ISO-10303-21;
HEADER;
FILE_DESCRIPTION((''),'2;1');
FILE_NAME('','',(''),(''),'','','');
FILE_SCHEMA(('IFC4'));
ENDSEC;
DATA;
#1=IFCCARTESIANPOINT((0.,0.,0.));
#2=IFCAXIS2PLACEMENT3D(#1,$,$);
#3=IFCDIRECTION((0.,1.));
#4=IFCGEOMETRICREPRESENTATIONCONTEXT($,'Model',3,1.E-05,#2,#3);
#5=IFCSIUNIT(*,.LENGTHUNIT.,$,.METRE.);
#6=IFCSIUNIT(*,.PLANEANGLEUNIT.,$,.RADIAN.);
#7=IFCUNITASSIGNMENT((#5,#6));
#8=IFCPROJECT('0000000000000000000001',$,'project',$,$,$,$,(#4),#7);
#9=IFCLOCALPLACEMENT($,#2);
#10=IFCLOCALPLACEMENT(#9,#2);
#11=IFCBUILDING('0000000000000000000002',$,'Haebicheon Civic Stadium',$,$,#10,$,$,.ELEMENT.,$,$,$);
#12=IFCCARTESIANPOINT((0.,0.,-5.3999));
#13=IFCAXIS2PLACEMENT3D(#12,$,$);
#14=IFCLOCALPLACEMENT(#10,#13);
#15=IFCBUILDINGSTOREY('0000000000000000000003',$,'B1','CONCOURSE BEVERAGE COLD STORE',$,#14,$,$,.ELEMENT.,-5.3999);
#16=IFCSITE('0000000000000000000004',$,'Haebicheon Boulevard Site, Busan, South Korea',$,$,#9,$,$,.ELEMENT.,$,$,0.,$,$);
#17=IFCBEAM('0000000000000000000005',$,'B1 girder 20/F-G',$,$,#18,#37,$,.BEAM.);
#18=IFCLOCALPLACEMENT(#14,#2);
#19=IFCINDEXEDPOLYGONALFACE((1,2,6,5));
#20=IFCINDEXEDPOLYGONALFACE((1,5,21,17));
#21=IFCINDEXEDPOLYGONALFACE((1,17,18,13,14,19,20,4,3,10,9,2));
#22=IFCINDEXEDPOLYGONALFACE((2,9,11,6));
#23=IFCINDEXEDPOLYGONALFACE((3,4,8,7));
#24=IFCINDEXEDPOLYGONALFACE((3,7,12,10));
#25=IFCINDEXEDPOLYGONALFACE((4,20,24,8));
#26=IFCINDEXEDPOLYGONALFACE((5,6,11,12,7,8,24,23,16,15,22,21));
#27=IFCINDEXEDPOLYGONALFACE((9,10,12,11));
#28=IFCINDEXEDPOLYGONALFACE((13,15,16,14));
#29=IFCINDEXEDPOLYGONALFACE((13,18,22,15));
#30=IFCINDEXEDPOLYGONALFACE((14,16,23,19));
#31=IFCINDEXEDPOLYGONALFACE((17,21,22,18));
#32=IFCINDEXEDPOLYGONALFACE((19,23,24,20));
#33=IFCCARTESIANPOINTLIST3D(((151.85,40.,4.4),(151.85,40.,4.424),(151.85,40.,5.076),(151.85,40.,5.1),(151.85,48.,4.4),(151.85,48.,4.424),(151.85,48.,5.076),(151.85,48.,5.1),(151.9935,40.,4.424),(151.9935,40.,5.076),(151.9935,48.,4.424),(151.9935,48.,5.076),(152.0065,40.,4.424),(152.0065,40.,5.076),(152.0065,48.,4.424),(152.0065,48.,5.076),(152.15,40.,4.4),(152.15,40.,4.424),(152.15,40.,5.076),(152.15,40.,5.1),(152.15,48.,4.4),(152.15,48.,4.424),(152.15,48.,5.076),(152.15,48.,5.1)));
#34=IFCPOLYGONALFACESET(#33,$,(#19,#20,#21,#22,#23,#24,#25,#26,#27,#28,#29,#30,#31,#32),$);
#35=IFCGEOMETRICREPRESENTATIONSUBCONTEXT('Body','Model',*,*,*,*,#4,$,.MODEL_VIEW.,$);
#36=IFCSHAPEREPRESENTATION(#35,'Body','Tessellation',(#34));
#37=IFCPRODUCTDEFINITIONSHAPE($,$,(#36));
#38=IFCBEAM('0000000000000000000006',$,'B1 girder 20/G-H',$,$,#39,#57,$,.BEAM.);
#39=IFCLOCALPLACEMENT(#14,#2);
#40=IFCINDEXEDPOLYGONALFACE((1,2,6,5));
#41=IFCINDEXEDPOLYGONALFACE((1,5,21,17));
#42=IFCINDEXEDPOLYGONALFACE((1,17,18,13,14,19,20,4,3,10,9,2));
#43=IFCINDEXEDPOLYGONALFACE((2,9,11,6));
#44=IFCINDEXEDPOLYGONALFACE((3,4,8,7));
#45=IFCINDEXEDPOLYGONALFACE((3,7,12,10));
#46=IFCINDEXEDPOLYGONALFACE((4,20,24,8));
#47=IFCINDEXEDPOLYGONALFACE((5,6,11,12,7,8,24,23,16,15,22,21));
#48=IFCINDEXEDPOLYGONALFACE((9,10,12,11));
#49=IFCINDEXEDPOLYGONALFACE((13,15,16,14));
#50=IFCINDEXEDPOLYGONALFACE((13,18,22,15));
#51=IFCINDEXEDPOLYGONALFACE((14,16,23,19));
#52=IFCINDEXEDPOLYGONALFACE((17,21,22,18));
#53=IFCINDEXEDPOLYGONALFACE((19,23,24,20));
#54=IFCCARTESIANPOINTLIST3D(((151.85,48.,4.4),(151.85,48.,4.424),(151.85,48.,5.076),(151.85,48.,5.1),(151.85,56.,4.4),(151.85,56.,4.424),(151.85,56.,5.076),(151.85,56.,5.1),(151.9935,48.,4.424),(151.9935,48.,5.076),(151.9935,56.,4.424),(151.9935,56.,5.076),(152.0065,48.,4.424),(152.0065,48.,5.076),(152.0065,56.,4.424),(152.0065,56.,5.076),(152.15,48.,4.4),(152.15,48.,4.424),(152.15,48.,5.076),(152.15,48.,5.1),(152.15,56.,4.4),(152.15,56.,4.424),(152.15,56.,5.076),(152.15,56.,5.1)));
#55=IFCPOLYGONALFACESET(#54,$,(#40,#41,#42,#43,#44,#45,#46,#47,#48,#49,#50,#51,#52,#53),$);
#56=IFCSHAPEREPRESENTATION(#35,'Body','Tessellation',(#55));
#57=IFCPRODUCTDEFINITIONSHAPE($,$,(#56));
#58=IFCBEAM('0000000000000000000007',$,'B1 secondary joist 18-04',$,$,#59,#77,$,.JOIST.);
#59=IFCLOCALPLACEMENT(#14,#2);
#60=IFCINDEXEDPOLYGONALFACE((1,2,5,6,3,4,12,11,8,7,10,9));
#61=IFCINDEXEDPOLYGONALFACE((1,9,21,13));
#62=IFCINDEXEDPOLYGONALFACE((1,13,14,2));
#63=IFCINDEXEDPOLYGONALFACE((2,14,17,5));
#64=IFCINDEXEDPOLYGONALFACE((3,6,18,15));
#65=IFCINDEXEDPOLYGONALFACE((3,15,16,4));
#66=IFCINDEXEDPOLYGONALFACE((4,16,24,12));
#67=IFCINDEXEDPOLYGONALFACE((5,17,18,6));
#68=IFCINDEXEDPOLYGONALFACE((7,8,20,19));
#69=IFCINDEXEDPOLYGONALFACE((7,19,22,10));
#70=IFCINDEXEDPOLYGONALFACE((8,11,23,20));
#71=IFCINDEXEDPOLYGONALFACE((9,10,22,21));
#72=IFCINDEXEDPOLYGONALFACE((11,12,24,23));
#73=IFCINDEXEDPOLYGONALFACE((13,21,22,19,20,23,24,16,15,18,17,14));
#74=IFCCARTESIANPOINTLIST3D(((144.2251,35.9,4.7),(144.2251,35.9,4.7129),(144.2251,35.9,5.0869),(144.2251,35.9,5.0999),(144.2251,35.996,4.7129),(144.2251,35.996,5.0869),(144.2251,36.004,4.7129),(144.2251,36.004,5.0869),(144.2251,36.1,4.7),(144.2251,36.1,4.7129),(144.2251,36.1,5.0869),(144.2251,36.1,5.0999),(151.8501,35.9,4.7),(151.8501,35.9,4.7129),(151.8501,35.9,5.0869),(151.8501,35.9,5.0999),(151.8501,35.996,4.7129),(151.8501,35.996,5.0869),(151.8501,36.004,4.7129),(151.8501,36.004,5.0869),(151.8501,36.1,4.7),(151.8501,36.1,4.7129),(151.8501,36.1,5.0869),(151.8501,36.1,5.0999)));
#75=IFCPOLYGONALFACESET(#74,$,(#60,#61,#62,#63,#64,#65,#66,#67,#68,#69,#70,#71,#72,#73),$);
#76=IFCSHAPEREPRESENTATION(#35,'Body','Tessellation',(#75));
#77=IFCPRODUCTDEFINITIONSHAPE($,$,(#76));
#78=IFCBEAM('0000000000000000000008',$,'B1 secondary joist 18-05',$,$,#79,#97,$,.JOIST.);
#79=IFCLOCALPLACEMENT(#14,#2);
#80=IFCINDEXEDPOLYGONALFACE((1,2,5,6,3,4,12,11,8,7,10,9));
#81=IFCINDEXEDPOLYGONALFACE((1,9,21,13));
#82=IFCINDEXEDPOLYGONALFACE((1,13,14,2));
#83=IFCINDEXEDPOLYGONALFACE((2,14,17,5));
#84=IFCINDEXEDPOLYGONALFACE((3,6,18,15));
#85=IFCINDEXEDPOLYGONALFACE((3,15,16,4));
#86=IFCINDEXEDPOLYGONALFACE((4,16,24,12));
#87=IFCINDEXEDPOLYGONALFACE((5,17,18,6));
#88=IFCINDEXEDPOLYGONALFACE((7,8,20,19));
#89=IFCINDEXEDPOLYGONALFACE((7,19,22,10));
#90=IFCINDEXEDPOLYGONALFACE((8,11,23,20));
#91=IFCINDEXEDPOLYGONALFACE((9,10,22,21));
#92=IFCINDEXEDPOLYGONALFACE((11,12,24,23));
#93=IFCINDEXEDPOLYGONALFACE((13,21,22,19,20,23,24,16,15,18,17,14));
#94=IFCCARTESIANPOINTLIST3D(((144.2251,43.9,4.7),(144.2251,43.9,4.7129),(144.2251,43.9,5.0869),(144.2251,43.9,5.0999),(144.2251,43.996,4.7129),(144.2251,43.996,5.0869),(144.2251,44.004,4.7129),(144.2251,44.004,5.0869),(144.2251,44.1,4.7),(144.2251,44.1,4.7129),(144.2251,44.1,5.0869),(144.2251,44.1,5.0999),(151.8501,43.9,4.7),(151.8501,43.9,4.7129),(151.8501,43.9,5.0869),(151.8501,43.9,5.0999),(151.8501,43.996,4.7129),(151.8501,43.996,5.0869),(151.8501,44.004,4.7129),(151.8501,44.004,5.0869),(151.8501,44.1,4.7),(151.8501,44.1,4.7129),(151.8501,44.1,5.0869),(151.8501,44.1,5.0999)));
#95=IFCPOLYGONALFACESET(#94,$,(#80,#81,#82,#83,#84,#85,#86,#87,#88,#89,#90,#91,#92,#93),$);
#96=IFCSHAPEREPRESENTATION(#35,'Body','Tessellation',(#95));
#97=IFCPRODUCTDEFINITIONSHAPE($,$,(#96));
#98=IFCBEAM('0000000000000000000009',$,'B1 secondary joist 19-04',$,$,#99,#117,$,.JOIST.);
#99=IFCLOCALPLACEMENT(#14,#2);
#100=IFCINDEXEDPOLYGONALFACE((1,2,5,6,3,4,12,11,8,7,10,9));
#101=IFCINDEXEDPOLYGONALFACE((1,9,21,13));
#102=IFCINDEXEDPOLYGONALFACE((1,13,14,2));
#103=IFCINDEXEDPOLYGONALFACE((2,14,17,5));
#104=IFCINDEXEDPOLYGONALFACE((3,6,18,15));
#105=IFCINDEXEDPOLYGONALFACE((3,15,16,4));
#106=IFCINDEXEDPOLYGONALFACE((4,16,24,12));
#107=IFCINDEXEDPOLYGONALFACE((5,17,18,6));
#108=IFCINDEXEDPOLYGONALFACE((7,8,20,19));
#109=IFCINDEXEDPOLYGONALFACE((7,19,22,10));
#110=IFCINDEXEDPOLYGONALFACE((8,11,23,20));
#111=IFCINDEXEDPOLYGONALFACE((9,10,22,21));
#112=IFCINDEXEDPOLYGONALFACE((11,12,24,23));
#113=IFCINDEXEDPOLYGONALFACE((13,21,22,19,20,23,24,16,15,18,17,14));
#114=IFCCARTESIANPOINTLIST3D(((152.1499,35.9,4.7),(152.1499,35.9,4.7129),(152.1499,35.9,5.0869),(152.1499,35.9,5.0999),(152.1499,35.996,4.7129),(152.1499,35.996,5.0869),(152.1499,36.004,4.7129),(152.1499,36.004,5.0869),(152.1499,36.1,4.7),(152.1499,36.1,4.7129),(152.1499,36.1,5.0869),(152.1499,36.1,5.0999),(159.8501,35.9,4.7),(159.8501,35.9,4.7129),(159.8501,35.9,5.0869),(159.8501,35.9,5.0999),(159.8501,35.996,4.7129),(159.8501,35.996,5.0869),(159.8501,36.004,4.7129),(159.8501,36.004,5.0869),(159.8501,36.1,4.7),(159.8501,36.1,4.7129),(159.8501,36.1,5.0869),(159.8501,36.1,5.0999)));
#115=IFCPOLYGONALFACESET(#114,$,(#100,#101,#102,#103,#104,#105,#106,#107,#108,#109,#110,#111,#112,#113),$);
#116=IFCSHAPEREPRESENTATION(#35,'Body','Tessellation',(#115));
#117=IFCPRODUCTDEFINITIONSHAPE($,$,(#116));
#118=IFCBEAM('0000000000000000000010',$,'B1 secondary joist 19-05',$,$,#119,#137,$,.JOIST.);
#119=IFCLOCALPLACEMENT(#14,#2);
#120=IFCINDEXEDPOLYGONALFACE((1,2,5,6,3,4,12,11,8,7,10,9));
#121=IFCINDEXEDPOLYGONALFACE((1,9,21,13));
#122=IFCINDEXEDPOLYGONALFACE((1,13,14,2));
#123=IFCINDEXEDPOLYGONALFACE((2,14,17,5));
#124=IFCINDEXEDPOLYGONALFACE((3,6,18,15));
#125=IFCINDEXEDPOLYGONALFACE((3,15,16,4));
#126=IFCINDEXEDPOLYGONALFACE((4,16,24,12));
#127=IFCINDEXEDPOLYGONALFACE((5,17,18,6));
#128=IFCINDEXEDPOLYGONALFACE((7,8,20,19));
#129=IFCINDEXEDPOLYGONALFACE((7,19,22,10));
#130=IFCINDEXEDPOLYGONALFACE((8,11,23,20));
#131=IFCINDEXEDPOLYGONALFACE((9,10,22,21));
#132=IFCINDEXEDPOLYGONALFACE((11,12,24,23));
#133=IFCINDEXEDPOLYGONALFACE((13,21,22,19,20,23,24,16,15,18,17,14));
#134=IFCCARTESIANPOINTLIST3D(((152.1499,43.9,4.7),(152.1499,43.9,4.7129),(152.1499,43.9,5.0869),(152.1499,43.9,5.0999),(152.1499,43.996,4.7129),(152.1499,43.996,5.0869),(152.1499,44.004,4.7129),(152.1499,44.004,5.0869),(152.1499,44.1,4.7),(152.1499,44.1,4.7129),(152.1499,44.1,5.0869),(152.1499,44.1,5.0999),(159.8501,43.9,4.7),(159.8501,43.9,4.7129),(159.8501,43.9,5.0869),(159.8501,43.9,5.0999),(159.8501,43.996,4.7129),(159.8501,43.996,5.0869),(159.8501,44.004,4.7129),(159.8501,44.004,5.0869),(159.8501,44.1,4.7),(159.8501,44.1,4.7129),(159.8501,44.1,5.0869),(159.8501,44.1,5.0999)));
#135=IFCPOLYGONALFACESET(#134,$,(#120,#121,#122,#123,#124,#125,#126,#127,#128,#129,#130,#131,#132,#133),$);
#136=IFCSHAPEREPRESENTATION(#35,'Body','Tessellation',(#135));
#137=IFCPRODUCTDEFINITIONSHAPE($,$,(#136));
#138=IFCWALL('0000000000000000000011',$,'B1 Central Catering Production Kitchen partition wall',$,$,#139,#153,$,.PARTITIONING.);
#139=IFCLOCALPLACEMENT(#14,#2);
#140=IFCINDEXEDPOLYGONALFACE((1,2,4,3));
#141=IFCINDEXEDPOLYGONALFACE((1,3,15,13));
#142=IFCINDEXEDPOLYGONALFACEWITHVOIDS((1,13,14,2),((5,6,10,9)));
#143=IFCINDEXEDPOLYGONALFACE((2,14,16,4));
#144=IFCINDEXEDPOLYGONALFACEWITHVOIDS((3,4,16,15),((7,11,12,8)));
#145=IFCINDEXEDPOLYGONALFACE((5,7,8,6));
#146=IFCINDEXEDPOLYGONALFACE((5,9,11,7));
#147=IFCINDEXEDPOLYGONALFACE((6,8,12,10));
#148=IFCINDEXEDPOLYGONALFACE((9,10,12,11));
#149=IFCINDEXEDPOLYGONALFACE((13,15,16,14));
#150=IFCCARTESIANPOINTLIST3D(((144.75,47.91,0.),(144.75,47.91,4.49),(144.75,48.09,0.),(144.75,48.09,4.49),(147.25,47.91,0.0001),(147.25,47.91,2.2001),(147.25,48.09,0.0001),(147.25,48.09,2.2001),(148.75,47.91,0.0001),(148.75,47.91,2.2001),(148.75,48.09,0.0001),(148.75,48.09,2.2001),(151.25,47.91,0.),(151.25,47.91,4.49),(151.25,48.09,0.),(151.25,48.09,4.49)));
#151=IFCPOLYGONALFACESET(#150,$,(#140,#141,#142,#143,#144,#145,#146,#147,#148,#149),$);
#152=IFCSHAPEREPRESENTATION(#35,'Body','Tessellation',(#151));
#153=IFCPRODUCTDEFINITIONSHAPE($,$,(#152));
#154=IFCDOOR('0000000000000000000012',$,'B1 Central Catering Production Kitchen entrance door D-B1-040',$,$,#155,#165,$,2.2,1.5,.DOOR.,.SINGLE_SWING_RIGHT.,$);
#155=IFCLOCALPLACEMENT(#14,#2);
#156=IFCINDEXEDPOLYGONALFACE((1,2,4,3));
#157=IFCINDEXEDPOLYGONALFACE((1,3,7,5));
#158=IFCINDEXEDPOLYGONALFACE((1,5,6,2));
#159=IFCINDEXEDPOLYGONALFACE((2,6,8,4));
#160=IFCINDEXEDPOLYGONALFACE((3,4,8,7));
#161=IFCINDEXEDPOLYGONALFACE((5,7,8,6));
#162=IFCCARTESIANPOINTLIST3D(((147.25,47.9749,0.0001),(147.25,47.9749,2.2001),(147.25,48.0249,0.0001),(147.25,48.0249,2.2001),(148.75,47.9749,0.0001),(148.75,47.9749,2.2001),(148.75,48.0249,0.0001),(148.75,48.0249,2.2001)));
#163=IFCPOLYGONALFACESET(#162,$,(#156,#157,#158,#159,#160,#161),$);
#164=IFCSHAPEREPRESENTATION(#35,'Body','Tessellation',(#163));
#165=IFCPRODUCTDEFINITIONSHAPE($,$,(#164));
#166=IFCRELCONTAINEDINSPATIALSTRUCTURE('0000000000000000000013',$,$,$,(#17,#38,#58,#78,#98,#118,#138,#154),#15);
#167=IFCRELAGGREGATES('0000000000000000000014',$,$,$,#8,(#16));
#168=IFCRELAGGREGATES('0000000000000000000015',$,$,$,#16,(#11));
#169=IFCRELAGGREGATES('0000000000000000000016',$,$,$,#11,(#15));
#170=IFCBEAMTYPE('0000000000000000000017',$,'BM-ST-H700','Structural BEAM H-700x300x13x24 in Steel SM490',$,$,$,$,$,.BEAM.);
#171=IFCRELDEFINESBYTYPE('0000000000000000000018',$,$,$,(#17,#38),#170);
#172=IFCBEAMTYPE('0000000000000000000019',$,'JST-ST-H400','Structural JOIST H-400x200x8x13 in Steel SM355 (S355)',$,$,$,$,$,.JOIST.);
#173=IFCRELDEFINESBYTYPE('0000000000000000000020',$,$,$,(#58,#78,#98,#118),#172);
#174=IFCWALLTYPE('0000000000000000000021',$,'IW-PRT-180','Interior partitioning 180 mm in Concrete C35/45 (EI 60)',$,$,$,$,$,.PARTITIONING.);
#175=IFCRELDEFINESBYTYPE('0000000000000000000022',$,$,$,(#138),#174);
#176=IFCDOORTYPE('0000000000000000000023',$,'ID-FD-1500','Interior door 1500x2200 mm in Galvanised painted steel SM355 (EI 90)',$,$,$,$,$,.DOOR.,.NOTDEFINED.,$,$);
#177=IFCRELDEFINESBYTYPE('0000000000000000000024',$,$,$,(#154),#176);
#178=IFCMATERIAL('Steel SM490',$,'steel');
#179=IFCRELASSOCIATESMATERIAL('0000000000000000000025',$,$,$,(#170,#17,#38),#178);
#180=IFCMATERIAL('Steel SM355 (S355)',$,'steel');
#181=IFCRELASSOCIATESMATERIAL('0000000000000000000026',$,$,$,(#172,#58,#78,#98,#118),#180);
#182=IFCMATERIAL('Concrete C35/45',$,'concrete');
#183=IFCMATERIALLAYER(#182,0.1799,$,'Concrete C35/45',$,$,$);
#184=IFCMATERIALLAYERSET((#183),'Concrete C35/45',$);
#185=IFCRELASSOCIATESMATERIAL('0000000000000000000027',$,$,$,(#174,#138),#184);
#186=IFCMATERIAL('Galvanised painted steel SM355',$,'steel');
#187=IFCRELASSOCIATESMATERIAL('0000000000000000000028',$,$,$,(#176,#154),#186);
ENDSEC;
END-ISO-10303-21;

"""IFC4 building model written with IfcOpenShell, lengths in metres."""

from ifc_helpers import new_model, si_unit, direction, frame, frame_2d, origin, origin_2d, place, context, subcontext, project, spatial, rectangle, i_section, extrude, material, layer, layer_set, material_profile, profile_set, type_object, element, fill, save


model = new_model("IFC4")

# Units and contexts
model_context = context("Model", 3, precision=1e-05, world=origin(), true_north=direction((0.0, 1.0)))
body_context = subcontext(model_context, "Body", "Model", "MODEL_VIEW")
ifc_project = project(units=[si_unit("LENGTHUNIT", "METRE"), si_unit("PLANEANGLEUNIT", "RADIAN")], contexts=[model_context])

# Site, building, storey
site_placement = place(None, origin())
site = spatial("IfcSite", under=ifc_project, at=site_placement, Name="Haebicheon Boulevard Site, Busan, South Korea", CompositionType="ELEMENT", RefElevation=0.0)
building_placement = place(site_placement, origin())
building = spatial("IfcBuilding", under=site, at=building_placement, Name="Haebicheon Civic Stadium", CompositionType="ELEMENT")
storey_placement = place(building_placement, frame((0.0, 0.0, -5.3999)))
storey = spatial("IfcBuildingStorey", under=building, at=storey_placement, Name="B1", Description="CONCOURSE BEVERAGE COLD STORE", CompositionType="ELEMENT", Elevation=-5.3999)

# Beams
ifc_material_1 = material(Name="Steel SM490", Category="steel")
ifc_material_profile_1 = material_profile(ifc_material_1, i_section(OverallWidth=0.3, OverallDepth=0.7, WebThickness=0.0129, FlangeThickness=0.0239, at=origin_2d()), Name="H-700x300x13x24")
ifc_profile_set_1 = profile_set([ifc_material_profile_1], Name="Steel SM490")
beam_type_1 = type_object("IfcBeamType", Name="BM-ST-H700", Description="Structural BEAM H-700x300x13x24 in Steel SM490", PredefinedType="BEAM", material=ifc_profile_set_1)
for number, where, z_axis, x_axis, name in (
    (1, (152.0, 40.0, 4.75), (0.0, 1.0, 0.0), (-1.0, 0.0, 0.0), "B1 girder 20/F-G"),
    (2, (152.0, 48.0, 4.75), (0.0, 1.0, 0.0), (-1.0, 0.0, 0.0), "B1 girder 20/G-H"),
):
    element("IfcBeam", number, at=place(storey_placement, frame(where, z_axis=z_axis, x_axis=x_axis)), inside=storey, type_object=beam_type_1, material=ifc_profile_set_1, Name=name, PredefinedType="BEAM", context=body_context, shape_type="SweptSolid", body=[
        extrude(i_section(OverallWidth=0.3, OverallDepth=0.7, WebThickness=0.0129, FlangeThickness=0.0239, at=origin_2d()), origin(), (0.0, 0.0, 1.0), 8.0),
    ])
ifc_material_2 = material(Name="Steel SM355 (S355)", Category="steel")
ifc_material_profile_2 = material_profile(ifc_material_2, i_section(OverallWidth=0.2, OverallDepth=0.3999, WebThickness=0.0081, FlangeThickness=0.0129, at=origin_2d()), Name="H-400x200x8x13")
ifc_profile_set_2 = profile_set([ifc_material_profile_2], Name="Steel SM355 (S355)")
beam_type_2 = type_object("IfcBeamType", Name="JST-ST-H400", Description="Structural JOIST H-400x200x8x13 in Steel SM355 (S355)", PredefinedType="JOIST", material=ifc_profile_set_2)
for number, where, z_axis, x_axis, name in (
    (3, (144.2251, 36.0, 4.8999), (1.0, 0.0, 0.0), (0.0, 1.0, 0.0), "B1 secondary joist 18-04"),
    (4, (144.2251, 44.0, 4.8999), (1.0, 0.0, 0.0), (0.0, 1.0, 0.0), "B1 secondary joist 18-05"),
):
    element("IfcBeam", number, at=place(storey_placement, frame(where, z_axis=z_axis, x_axis=x_axis)), inside=storey, type_object=beam_type_2, material=ifc_profile_set_2, Name=name, PredefinedType="JOIST", context=body_context, shape_type="SweptSolid", body=[
        extrude(i_section(OverallWidth=0.2, OverallDepth=0.3999, WebThickness=0.0081, FlangeThickness=0.0129, at=origin_2d()), origin(), (0.0, 0.0, 1.0), 7.625),
    ])
for number, where, z_axis, x_axis, name in (
    (5, (152.1499, 36.0, 4.8999), (1.0, 0.0, 0.0), (0.0, 1.0, 0.0), "B1 secondary joist 19-04"),
    (6, (152.1499, 44.0, 4.8999), (1.0, 0.0, 0.0), (0.0, 1.0, 0.0), "B1 secondary joist 19-05"),
):
    element("IfcBeam", number, at=place(storey_placement, frame(where, z_axis=z_axis, x_axis=x_axis)), inside=storey, type_object=beam_type_2, material=ifc_profile_set_2, Name=name, PredefinedType="JOIST", context=body_context, shape_type="SweptSolid", body=[
        extrude(i_section(OverallWidth=0.2, OverallDepth=0.3999, WebThickness=0.0081, FlangeThickness=0.0129, at=origin_2d()), origin(), (0.0, 0.0, 1.0), 7.7002),
    ])

# Wall, opening, door
ifc_material_3 = material(Name="Concrete C35/45", Category="concrete")
ifc_layer_1 = layer(ifc_material_3, 0.1799, Name="Concrete C35/45")
ifc_layer_set_1 = layer_set([ifc_layer_1], Name="Concrete C35/45")
wall_type = type_object("IfcWallType", Name="IW-PRT-180", Description="Interior partitioning 180 mm in Concrete C35/45 (EI 60)", PredefinedType="PARTITIONING", material=ifc_layer_set_1)
wall_placement = place(storey_placement, frame((144.75, 48.0, 0.0), z_axis=(0.0, 0.0, 1.0), x_axis=(1.0, 0.0, 0.0)))
wall = element("IfcWall", 7, at=wall_placement, inside=storey, type_object=wall_type, material=ifc_layer_set_1, Name="B1 Central Catering Production Kitchen partition wall", PredefinedType="PARTITIONING", context=body_context, shape_type="SweptSolid", body=[
    extrude(rectangle(XDim=6.5, YDim=0.1799, at=frame_2d((3.25, 0.0))), origin(), (0.0, 0.0, 1.0), 4.49),
])
opening_placement = place(wall_placement, frame((2.5, 0.0, 0.0)))
opening = element("IfcOpeningElement", 8, at=opening_placement, cuts=wall, PredefinedType="OPENING", context=body_context, shape_type="SweptSolid", body=[
    extrude(rectangle(XDim=1.5, YDim=2.2, at=frame_2d((0.75, 1.1001))), frame((0.0, 0.0999, 0.0), z_axis=(0.0, -1.0, 0.0), x_axis=(1.0, 0.0, 0.0)), (0.0, 0.0, 1.0), 0.2),
])
ifc_material_4 = material(Name="Galvanised painted steel SM355", Category="steel")
door_type = type_object("IfcDoorType", Name="ID-FD-1500", Description="Interior door 1500x2200 mm in Galvanised painted steel SM355 (EI 90)", OperationType="NOTDEFINED", PredefinedType="DOOR", material=ifc_material_4)
door_placement = place(opening_placement, origin())
door = element("IfcDoor", 9, at=door_placement, inside=storey, type_object=door_type, material=ifc_material_4, Name="B1 Central Catering Production Kitchen entrance door D-B1-040", OperationType="SINGLE_SWING_RIGHT", OverallHeight=2.2, OverallWidth=1.5, PredefinedType="DOOR", context=body_context, shape_type="SweptSolid", body=[
    extrude(rectangle(XDim=1.5, YDim=2.2, at=frame_2d((0.75, 1.1001))), frame((0.0, 0.0249, 0.0), z_axis=(0.0, -1.0, 0.0), x_axis=(1.0, 0.0, 0.0)), (0.0, 0.0, 1.0), 0.05),
])
fill(opening, door)

save(model, "model.ifc")
